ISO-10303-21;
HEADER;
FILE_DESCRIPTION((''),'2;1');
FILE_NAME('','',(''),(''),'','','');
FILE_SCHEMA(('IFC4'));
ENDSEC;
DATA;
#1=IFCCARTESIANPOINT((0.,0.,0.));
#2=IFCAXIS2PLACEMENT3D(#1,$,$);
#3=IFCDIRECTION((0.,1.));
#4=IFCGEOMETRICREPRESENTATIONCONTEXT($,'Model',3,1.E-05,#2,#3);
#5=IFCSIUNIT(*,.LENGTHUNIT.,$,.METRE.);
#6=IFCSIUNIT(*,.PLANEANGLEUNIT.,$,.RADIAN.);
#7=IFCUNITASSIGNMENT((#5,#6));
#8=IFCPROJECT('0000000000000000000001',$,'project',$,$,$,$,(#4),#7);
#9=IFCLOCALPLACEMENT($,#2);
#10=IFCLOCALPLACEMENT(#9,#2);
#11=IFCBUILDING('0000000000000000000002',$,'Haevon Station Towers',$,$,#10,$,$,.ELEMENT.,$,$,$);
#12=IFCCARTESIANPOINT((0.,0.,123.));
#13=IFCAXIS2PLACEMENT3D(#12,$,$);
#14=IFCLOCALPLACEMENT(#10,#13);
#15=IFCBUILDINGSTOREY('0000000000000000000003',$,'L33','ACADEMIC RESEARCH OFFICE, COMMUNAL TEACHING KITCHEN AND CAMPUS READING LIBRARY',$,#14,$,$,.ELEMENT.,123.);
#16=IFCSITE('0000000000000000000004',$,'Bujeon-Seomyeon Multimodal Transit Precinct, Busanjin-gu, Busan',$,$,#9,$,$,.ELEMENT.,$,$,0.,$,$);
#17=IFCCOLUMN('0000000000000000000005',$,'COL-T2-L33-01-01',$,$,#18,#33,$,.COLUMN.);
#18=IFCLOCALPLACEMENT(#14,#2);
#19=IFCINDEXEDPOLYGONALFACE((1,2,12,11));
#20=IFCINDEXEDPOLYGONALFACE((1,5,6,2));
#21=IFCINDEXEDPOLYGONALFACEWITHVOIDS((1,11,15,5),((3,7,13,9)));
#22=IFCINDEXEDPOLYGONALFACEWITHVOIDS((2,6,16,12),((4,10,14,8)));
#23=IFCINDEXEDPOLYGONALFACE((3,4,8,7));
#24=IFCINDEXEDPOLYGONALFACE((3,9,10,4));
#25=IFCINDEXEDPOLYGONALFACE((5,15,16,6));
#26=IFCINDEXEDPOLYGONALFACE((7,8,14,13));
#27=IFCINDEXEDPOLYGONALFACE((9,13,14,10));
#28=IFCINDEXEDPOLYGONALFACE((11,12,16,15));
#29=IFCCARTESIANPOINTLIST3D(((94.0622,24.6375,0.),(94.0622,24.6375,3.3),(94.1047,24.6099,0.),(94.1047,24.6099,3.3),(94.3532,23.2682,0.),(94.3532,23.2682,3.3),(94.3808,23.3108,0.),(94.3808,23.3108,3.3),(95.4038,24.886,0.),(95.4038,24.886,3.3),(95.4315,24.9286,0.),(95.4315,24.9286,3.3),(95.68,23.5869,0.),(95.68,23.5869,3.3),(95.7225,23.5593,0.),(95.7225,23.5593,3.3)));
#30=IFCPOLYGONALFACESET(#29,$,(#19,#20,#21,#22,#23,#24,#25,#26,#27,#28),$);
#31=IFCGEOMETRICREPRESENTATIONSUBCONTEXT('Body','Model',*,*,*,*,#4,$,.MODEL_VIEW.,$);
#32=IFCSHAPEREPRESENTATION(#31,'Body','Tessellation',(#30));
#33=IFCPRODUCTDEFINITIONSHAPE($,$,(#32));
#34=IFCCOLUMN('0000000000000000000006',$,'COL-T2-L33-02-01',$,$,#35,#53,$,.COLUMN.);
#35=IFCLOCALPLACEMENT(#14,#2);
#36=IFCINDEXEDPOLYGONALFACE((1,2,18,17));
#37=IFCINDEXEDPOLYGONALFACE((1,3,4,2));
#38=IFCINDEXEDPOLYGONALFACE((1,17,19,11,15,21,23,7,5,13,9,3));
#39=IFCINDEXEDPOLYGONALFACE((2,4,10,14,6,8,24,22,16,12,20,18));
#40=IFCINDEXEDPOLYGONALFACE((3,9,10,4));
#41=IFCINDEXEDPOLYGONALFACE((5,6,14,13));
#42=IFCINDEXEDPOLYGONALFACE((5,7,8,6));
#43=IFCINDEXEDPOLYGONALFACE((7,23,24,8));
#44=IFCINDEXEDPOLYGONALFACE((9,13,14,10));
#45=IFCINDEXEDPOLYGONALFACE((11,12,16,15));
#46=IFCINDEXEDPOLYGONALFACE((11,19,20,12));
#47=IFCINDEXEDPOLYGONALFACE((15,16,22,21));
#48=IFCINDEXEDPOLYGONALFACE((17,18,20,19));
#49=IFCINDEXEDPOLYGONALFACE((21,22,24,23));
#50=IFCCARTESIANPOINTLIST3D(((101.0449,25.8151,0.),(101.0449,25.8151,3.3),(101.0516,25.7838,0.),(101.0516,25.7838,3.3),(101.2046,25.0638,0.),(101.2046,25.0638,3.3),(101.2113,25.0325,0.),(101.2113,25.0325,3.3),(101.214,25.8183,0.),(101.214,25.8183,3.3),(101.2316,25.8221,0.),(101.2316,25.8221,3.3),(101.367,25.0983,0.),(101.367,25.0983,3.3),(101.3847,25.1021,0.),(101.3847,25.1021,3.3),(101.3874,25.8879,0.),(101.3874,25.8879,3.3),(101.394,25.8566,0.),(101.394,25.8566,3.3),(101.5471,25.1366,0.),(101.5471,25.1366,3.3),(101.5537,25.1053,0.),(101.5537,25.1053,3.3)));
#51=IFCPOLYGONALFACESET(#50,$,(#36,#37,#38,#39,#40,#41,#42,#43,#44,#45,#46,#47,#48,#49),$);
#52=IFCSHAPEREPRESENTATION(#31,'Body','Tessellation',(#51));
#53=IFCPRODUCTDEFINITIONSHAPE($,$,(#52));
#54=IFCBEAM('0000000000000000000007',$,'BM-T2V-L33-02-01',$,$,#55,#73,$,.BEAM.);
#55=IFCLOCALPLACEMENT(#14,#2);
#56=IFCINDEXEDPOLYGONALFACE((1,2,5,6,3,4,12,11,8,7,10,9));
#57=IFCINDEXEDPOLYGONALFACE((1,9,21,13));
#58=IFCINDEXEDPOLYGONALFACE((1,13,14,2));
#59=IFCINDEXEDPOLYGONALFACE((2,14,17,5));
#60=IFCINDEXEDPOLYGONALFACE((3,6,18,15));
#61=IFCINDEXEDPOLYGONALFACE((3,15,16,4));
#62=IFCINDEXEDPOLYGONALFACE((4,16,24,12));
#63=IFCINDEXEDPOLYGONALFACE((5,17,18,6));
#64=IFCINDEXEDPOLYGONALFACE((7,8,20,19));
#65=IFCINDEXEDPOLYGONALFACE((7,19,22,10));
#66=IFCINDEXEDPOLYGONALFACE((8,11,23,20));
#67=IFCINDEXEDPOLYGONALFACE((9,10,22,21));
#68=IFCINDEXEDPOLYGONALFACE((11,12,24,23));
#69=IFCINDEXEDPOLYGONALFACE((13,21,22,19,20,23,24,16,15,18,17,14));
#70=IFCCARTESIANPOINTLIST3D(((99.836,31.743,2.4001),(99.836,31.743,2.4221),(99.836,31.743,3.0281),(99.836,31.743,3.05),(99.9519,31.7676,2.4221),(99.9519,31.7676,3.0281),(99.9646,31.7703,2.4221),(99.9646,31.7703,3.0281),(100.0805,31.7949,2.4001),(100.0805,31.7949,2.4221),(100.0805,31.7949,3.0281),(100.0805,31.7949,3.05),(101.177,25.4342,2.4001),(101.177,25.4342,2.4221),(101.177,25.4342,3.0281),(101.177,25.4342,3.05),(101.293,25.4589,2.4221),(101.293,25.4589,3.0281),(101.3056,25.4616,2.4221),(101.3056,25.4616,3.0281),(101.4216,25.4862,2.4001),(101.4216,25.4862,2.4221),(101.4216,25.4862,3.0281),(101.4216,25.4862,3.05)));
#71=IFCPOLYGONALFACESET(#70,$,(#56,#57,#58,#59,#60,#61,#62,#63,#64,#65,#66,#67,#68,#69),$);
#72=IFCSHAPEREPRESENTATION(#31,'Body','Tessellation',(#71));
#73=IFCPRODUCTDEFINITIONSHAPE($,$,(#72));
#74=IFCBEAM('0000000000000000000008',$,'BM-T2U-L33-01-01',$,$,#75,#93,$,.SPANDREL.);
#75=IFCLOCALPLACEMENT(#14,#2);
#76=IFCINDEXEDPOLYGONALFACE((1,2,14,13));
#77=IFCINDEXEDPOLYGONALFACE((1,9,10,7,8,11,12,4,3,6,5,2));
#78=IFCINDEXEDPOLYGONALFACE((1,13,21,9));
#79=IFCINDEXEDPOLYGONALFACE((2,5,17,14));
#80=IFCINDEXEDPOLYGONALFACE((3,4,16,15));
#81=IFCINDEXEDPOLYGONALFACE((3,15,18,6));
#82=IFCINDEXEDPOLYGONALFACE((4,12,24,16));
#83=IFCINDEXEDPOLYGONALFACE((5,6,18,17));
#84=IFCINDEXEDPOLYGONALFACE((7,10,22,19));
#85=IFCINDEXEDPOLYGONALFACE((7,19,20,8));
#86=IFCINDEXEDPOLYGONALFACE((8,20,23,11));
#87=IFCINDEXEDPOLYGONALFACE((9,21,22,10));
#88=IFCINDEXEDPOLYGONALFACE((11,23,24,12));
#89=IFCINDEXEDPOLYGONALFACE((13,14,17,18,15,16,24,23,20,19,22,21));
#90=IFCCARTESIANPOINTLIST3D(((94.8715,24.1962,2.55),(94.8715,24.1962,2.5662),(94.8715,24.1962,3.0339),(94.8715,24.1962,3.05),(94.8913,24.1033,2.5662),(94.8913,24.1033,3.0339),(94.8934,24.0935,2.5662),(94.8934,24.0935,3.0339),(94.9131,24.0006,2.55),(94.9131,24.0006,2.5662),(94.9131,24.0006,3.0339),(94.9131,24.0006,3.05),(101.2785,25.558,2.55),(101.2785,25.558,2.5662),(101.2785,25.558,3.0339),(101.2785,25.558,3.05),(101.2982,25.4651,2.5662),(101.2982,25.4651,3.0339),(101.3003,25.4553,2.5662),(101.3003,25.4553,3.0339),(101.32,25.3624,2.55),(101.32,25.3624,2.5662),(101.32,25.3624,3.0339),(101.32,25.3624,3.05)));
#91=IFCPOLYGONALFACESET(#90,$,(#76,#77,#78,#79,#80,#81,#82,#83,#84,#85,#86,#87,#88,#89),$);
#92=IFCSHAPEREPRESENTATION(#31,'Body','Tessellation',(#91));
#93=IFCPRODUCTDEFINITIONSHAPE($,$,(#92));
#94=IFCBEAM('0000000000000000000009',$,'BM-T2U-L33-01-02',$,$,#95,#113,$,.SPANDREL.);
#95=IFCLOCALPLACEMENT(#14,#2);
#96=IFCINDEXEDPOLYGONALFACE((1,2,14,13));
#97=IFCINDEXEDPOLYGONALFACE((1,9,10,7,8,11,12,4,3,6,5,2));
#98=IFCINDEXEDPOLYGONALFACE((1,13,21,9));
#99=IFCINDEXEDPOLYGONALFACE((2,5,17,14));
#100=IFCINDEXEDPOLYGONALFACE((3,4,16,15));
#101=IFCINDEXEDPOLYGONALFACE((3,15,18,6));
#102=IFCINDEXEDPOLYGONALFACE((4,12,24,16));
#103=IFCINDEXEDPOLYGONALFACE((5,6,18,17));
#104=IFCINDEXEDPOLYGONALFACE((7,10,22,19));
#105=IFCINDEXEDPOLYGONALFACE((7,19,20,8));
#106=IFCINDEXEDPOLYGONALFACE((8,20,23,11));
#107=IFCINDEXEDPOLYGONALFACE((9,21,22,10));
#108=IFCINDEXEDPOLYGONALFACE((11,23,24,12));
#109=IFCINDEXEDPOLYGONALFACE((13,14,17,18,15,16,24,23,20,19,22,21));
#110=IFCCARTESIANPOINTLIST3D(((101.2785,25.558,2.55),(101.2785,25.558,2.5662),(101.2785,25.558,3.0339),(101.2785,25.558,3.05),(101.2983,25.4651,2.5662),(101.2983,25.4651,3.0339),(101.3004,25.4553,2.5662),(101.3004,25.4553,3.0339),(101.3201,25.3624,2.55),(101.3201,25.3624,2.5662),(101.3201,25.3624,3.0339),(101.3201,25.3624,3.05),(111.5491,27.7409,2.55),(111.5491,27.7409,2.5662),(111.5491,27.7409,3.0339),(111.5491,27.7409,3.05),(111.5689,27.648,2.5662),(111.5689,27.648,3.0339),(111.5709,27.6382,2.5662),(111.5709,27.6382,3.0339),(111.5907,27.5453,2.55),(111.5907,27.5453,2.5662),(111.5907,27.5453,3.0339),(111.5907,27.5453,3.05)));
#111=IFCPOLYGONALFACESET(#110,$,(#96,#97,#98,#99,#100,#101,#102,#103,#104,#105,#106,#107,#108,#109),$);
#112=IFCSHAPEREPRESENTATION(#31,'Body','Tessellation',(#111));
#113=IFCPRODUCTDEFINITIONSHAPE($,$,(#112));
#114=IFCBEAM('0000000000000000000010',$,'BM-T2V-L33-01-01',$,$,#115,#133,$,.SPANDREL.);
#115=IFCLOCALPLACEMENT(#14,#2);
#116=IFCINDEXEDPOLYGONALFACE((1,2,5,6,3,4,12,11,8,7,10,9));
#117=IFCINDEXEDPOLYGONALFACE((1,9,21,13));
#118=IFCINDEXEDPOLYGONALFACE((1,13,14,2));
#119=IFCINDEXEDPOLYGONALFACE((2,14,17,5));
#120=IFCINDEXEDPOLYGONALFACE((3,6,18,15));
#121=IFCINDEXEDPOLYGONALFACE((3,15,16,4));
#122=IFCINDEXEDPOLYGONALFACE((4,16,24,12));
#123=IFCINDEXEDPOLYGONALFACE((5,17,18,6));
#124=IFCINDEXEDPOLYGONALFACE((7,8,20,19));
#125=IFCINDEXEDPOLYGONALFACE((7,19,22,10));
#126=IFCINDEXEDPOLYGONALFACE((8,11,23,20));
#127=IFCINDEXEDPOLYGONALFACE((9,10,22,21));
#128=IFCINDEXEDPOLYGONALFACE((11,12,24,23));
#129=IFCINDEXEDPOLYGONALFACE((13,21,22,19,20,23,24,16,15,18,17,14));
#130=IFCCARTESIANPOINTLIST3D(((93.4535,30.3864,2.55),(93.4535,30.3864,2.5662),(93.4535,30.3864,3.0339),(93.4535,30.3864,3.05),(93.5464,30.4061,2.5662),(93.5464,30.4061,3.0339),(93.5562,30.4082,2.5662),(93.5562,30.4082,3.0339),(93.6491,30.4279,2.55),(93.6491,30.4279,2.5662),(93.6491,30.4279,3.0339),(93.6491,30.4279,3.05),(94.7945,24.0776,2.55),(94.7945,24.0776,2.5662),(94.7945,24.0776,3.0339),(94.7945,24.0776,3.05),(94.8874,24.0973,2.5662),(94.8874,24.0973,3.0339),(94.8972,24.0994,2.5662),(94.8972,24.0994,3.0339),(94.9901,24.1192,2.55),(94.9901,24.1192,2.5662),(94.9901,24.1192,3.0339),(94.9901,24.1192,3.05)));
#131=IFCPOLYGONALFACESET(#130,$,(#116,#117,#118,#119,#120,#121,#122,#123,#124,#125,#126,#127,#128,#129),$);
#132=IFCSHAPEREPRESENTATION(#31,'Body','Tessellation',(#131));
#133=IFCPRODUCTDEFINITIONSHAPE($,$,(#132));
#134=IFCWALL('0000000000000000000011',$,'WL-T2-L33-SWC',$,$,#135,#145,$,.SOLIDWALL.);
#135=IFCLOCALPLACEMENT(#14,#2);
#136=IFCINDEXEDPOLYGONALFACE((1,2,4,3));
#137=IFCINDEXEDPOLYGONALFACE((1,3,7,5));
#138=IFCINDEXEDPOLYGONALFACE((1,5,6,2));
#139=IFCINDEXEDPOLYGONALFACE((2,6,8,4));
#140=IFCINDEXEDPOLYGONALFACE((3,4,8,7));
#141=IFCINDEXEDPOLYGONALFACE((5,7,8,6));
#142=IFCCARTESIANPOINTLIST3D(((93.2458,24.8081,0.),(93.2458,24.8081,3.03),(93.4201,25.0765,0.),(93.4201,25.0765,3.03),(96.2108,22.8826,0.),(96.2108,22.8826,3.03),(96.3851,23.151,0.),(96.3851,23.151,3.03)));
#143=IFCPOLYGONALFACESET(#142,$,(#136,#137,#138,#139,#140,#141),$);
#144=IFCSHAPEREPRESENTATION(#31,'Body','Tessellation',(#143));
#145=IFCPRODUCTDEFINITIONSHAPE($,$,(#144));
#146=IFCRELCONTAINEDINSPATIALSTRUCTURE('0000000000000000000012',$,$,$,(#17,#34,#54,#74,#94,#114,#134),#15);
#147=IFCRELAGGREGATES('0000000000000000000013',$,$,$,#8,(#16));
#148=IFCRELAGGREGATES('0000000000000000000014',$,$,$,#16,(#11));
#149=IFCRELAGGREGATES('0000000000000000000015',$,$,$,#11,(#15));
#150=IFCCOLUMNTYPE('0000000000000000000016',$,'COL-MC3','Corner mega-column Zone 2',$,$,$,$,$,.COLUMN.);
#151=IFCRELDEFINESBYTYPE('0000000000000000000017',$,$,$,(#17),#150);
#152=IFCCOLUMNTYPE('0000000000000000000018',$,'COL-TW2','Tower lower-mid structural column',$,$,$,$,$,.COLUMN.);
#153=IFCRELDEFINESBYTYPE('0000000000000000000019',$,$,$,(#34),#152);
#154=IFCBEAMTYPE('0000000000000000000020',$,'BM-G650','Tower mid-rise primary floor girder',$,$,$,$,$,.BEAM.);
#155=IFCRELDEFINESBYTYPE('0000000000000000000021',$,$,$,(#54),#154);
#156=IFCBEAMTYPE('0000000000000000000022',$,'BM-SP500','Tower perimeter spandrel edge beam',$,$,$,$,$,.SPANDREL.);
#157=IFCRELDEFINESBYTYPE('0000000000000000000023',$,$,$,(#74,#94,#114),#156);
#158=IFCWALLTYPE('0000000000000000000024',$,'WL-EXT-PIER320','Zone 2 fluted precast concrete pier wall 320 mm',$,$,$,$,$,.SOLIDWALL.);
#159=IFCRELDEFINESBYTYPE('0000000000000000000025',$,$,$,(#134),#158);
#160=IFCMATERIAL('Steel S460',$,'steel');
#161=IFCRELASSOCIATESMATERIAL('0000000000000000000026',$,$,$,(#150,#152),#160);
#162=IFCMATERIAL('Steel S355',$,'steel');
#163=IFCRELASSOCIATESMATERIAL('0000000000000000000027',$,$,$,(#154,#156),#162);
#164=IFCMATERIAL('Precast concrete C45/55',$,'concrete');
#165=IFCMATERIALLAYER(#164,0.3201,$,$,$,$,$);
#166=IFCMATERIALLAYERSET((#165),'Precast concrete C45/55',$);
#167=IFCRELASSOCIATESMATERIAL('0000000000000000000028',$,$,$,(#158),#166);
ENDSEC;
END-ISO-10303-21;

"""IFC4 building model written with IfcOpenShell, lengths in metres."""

from ifc_helpers import new_model, si_unit, direction, frame, frame_2d, origin, origin_2d, place, context, subcontext, project, spatial, rectangle, hollow_rectangle, i_section, extrude, material, layer, layer_set, material_profile, profile_set, type_object, element, save


model = new_model("IFC4")

# Units and contexts
model_context = context("Model", 3, precision=1e-05, world=origin(), true_north=direction((0.0, 1.0)))
body_context = subcontext(model_context, "Body", "Model", "MODEL_VIEW")
ifc_project = project(units=[si_unit("LENGTHUNIT", "METRE"), si_unit("PLANEANGLEUNIT", "RADIAN")], contexts=[model_context])

# Site, building, storey
site_placement = place(None, origin())
site = spatial("IfcSite", under=ifc_project, at=site_placement, Name="Bujeon-Seomyeon Multimodal Transit Precinct, Busanjin-gu, Busan", CompositionType="ELEMENT", RefElevation=0.0)
building_placement = place(site_placement, origin())
building = spatial("IfcBuilding", under=site, at=building_placement, Name="Haevon Station Towers", CompositionType="ELEMENT")
storey_placement = place(building_placement, frame((0.0, 0.0, 123.0)))
storey = spatial("IfcBuildingStorey", under=building, at=storey_placement, Name="L33", Description="ACADEMIC RESEARCH OFFICE, COMMUNAL TEACHING KITCHEN AND CAMPUS READING LIBRARY", CompositionType="ELEMENT", Elevation=123.0)

# Columns
ifc_material_1 = material(Name="Steel S460", Category="steel")
ifc_material_profile_1 = material_profile(ifc_material_1, hollow_rectangle(XDim=1.3999, YDim=1.3999, WallThickness=0.0359, at=origin_2d()), Name="BOX-1400x1400x36")
ifc_profile_set_1 = profile_set([ifc_material_profile_1], Name="Steel S460")
column_type_1 = type_object("IfcColumnType", Name="COL-MC3", Description="Corner mega-column Zone 2", PredefinedType="COLUMN", material=ifc_profile_set_1)
column_1_placement = place(storey_placement, frame((94.8923, 24.0984, 0.0), z_axis=(0.0, 0.0, 1.0), x_axis=(0.978148, 0.207912, 0.0)))
element("IfcColumn", 1, at=column_1_placement, inside=storey, type_object=column_type_1, Name="COL-T2-L33-01-01", PredefinedType="COLUMN", context=body_context, shape_type="SweptSolid", body=[
    extrude(hollow_rectangle(XDim=1.3999, YDim=1.3999, WallThickness=0.0359, at=origin_2d()), origin(), (0.0, 0.0, 1.0), 3.3),
])
ifc_material_profile_2 = material_profile(ifc_material_1, i_section(OverallWidth=0.3501, OverallDepth=0.8, WebThickness=0.0181, FlangeThickness=0.032, at=origin_2d()), Name="H-800x350x18x32")
ifc_profile_set_2 = profile_set([ifc_material_profile_2], Name="Steel S460")
column_type_2 = type_object("IfcColumnType", Name="COL-TW2", Description="Tower lower-mid structural column", PredefinedType="COLUMN", material=ifc_profile_set_2)
column_2_placement = place(storey_placement, frame((101.2993, 25.4602, 0.0), z_axis=(0.0, 0.0, 1.0), x_axis=(0.978148, 0.207912, 0.0)))
element("IfcColumn", 2, at=column_2_placement, inside=storey, type_object=column_type_2, Name="COL-T2-L33-02-01", PredefinedType="COLUMN", context=body_context, shape_type="SweptSolid", body=[
    extrude(i_section(OverallWidth=0.3501, OverallDepth=0.8, WebThickness=0.0181, FlangeThickness=0.032, at=origin_2d()), origin(), (0.0, 0.0, 1.0), 3.3),
])

# Beams
ifc_material_2 = material(Name="Steel S355", Category="steel")
ifc_material_profile_3 = material_profile(ifc_material_2, i_section(OverallWidth=0.25, OverallDepth=0.6499, WebThickness=0.0129, FlangeThickness=0.022, at=origin_2d()), Name="H-650x250x13x22")
ifc_profile_set_3 = profile_set([ifc_material_profile_3], Name="Steel S355")
beam_type_1 = type_object("IfcBeamType", Name="BM-G650", Description="Tower mid-rise primary floor girder", PredefinedType="BEAM", material=ifc_profile_set_3)
beam_1_placement = place(storey_placement, frame((101.2993, 25.4602, 2.7251), z_axis=(-0.207923, 0.978145, 0.0), x_axis=(-0.978145, -0.207923, 0.0)))
element("IfcBeam", 3, at=beam_1_placement, inside=storey, type_object=beam_type_1, Name="BM-T2V-L33-02-01", PredefinedType="BEAM", context=body_context, shape_type="SweptSolid", body=[
    extrude(i_section(OverallWidth=0.25, OverallDepth=0.6499, WebThickness=0.0129, FlangeThickness=0.022, at=origin_2d()), origin(), (0.0, 0.0, 1.0), 6.4497),
])
ifc_material_profile_4 = material_profile(ifc_material_2, i_section(OverallWidth=0.2, OverallDepth=0.5, WebThickness=0.01, FlangeThickness=0.0161, at=origin_2d()), Name="H-500x200x10x16")
ifc_profile_set_4 = profile_set([ifc_material_profile_4], Name="Steel S355")
beam_type_2 = type_object("IfcBeamType", Name="BM-SP500", Description="Tower perimeter spandrel edge beam", PredefinedType="SPANDREL", material=ifc_profile_set_4)
beam_2_placement = place(storey_placement, frame((94.8923, 24.0984, 2.8), z_axis=(0.978149, 0.207907, 0.0), x_axis=(-0.207907, 0.978149, 0.0)))
element("IfcBeam", 4, at=beam_2_placement, inside=storey, type_object=beam_type_2, Name="BM-T2U-L33-01-01", PredefinedType="SPANDREL", context=body_context, shape_type="SweptSolid", body=[
    extrude(i_section(OverallWidth=0.2, OverallDepth=0.5, WebThickness=0.01, FlangeThickness=0.0161, at=origin_2d()), origin(), (0.0, 0.0, 1.0), 6.55),
])
beam_3_placement = place(storey_placement, frame((101.2993, 25.4602, 2.8), z_axis=(0.978152, 0.207893, 0.0), x_axis=(-0.207893, 0.978152, 0.0)))
element("IfcBeam", 5, at=beam_3_placement, inside=storey, type_object=beam_type_2, Name="BM-T2U-L33-01-02", PredefinedType="SPANDREL", context=body_context, shape_type="SweptSolid", body=[
    extrude(i_section(OverallWidth=0.2, OverallDepth=0.5, WebThickness=0.01, FlangeThickness=0.0161, at=origin_2d()), origin(), (0.0, 0.0, 1.0), 10.5),
])
beam_4_placement = place(storey_placement, frame((94.8923, 24.0984, 2.8), z_axis=(-0.207923, 0.978145, 0.0), x_axis=(-0.978145, -0.207923, 0.0)))
element("IfcBeam", 6, at=beam_4_placement, inside=storey, type_object=beam_type_2, Name="BM-T2V-L33-01-01", PredefinedType="SPANDREL", context=body_context, shape_type="SweptSolid", body=[
    extrude(i_section(OverallWidth=0.2, OverallDepth=0.5, WebThickness=0.01, FlangeThickness=0.0161, at=origin_2d()), origin(), (0.0, 0.0, 1.0), 6.4497),
])

# Wall
ifc_material_3 = material(Name="Precast concrete C45/55", Category="concrete")
ifc_layer_1 = layer(ifc_material_3, 0.3201)
ifc_layer_set_1 = layer_set([ifc_layer_1], Name="Precast concrete C45/55")
wall_type_1 = type_object("IfcWallType", Name="WL-EXT-PIER320", Description="Zone 2 fluted precast concrete pier wall 320 mm", PredefinedType="SOLIDWALL", material=ifc_layer_set_1)
wall_1_placement = place(storey_placement, frame((96.2979, 23.0168, 0.0), z_axis=(0.0, 0.0, 1.0), x_axis=(-0.838672, 0.544636, 0.0)))
element("IfcWall", 7, at=wall_1_placement, inside=storey, type_object=wall_type_1, Name="WL-T2-L33-SWC", PredefinedType="SOLIDWALL", context=body_context, shape_type="SweptSolid", body=[
    extrude(rectangle(XDim=3.5354, YDim=0.3201, at=frame_2d((1.7676, 0.0))), origin(), (0.0, 0.0, 1.0), 3.03),
])

save(model, "model.ifc")
